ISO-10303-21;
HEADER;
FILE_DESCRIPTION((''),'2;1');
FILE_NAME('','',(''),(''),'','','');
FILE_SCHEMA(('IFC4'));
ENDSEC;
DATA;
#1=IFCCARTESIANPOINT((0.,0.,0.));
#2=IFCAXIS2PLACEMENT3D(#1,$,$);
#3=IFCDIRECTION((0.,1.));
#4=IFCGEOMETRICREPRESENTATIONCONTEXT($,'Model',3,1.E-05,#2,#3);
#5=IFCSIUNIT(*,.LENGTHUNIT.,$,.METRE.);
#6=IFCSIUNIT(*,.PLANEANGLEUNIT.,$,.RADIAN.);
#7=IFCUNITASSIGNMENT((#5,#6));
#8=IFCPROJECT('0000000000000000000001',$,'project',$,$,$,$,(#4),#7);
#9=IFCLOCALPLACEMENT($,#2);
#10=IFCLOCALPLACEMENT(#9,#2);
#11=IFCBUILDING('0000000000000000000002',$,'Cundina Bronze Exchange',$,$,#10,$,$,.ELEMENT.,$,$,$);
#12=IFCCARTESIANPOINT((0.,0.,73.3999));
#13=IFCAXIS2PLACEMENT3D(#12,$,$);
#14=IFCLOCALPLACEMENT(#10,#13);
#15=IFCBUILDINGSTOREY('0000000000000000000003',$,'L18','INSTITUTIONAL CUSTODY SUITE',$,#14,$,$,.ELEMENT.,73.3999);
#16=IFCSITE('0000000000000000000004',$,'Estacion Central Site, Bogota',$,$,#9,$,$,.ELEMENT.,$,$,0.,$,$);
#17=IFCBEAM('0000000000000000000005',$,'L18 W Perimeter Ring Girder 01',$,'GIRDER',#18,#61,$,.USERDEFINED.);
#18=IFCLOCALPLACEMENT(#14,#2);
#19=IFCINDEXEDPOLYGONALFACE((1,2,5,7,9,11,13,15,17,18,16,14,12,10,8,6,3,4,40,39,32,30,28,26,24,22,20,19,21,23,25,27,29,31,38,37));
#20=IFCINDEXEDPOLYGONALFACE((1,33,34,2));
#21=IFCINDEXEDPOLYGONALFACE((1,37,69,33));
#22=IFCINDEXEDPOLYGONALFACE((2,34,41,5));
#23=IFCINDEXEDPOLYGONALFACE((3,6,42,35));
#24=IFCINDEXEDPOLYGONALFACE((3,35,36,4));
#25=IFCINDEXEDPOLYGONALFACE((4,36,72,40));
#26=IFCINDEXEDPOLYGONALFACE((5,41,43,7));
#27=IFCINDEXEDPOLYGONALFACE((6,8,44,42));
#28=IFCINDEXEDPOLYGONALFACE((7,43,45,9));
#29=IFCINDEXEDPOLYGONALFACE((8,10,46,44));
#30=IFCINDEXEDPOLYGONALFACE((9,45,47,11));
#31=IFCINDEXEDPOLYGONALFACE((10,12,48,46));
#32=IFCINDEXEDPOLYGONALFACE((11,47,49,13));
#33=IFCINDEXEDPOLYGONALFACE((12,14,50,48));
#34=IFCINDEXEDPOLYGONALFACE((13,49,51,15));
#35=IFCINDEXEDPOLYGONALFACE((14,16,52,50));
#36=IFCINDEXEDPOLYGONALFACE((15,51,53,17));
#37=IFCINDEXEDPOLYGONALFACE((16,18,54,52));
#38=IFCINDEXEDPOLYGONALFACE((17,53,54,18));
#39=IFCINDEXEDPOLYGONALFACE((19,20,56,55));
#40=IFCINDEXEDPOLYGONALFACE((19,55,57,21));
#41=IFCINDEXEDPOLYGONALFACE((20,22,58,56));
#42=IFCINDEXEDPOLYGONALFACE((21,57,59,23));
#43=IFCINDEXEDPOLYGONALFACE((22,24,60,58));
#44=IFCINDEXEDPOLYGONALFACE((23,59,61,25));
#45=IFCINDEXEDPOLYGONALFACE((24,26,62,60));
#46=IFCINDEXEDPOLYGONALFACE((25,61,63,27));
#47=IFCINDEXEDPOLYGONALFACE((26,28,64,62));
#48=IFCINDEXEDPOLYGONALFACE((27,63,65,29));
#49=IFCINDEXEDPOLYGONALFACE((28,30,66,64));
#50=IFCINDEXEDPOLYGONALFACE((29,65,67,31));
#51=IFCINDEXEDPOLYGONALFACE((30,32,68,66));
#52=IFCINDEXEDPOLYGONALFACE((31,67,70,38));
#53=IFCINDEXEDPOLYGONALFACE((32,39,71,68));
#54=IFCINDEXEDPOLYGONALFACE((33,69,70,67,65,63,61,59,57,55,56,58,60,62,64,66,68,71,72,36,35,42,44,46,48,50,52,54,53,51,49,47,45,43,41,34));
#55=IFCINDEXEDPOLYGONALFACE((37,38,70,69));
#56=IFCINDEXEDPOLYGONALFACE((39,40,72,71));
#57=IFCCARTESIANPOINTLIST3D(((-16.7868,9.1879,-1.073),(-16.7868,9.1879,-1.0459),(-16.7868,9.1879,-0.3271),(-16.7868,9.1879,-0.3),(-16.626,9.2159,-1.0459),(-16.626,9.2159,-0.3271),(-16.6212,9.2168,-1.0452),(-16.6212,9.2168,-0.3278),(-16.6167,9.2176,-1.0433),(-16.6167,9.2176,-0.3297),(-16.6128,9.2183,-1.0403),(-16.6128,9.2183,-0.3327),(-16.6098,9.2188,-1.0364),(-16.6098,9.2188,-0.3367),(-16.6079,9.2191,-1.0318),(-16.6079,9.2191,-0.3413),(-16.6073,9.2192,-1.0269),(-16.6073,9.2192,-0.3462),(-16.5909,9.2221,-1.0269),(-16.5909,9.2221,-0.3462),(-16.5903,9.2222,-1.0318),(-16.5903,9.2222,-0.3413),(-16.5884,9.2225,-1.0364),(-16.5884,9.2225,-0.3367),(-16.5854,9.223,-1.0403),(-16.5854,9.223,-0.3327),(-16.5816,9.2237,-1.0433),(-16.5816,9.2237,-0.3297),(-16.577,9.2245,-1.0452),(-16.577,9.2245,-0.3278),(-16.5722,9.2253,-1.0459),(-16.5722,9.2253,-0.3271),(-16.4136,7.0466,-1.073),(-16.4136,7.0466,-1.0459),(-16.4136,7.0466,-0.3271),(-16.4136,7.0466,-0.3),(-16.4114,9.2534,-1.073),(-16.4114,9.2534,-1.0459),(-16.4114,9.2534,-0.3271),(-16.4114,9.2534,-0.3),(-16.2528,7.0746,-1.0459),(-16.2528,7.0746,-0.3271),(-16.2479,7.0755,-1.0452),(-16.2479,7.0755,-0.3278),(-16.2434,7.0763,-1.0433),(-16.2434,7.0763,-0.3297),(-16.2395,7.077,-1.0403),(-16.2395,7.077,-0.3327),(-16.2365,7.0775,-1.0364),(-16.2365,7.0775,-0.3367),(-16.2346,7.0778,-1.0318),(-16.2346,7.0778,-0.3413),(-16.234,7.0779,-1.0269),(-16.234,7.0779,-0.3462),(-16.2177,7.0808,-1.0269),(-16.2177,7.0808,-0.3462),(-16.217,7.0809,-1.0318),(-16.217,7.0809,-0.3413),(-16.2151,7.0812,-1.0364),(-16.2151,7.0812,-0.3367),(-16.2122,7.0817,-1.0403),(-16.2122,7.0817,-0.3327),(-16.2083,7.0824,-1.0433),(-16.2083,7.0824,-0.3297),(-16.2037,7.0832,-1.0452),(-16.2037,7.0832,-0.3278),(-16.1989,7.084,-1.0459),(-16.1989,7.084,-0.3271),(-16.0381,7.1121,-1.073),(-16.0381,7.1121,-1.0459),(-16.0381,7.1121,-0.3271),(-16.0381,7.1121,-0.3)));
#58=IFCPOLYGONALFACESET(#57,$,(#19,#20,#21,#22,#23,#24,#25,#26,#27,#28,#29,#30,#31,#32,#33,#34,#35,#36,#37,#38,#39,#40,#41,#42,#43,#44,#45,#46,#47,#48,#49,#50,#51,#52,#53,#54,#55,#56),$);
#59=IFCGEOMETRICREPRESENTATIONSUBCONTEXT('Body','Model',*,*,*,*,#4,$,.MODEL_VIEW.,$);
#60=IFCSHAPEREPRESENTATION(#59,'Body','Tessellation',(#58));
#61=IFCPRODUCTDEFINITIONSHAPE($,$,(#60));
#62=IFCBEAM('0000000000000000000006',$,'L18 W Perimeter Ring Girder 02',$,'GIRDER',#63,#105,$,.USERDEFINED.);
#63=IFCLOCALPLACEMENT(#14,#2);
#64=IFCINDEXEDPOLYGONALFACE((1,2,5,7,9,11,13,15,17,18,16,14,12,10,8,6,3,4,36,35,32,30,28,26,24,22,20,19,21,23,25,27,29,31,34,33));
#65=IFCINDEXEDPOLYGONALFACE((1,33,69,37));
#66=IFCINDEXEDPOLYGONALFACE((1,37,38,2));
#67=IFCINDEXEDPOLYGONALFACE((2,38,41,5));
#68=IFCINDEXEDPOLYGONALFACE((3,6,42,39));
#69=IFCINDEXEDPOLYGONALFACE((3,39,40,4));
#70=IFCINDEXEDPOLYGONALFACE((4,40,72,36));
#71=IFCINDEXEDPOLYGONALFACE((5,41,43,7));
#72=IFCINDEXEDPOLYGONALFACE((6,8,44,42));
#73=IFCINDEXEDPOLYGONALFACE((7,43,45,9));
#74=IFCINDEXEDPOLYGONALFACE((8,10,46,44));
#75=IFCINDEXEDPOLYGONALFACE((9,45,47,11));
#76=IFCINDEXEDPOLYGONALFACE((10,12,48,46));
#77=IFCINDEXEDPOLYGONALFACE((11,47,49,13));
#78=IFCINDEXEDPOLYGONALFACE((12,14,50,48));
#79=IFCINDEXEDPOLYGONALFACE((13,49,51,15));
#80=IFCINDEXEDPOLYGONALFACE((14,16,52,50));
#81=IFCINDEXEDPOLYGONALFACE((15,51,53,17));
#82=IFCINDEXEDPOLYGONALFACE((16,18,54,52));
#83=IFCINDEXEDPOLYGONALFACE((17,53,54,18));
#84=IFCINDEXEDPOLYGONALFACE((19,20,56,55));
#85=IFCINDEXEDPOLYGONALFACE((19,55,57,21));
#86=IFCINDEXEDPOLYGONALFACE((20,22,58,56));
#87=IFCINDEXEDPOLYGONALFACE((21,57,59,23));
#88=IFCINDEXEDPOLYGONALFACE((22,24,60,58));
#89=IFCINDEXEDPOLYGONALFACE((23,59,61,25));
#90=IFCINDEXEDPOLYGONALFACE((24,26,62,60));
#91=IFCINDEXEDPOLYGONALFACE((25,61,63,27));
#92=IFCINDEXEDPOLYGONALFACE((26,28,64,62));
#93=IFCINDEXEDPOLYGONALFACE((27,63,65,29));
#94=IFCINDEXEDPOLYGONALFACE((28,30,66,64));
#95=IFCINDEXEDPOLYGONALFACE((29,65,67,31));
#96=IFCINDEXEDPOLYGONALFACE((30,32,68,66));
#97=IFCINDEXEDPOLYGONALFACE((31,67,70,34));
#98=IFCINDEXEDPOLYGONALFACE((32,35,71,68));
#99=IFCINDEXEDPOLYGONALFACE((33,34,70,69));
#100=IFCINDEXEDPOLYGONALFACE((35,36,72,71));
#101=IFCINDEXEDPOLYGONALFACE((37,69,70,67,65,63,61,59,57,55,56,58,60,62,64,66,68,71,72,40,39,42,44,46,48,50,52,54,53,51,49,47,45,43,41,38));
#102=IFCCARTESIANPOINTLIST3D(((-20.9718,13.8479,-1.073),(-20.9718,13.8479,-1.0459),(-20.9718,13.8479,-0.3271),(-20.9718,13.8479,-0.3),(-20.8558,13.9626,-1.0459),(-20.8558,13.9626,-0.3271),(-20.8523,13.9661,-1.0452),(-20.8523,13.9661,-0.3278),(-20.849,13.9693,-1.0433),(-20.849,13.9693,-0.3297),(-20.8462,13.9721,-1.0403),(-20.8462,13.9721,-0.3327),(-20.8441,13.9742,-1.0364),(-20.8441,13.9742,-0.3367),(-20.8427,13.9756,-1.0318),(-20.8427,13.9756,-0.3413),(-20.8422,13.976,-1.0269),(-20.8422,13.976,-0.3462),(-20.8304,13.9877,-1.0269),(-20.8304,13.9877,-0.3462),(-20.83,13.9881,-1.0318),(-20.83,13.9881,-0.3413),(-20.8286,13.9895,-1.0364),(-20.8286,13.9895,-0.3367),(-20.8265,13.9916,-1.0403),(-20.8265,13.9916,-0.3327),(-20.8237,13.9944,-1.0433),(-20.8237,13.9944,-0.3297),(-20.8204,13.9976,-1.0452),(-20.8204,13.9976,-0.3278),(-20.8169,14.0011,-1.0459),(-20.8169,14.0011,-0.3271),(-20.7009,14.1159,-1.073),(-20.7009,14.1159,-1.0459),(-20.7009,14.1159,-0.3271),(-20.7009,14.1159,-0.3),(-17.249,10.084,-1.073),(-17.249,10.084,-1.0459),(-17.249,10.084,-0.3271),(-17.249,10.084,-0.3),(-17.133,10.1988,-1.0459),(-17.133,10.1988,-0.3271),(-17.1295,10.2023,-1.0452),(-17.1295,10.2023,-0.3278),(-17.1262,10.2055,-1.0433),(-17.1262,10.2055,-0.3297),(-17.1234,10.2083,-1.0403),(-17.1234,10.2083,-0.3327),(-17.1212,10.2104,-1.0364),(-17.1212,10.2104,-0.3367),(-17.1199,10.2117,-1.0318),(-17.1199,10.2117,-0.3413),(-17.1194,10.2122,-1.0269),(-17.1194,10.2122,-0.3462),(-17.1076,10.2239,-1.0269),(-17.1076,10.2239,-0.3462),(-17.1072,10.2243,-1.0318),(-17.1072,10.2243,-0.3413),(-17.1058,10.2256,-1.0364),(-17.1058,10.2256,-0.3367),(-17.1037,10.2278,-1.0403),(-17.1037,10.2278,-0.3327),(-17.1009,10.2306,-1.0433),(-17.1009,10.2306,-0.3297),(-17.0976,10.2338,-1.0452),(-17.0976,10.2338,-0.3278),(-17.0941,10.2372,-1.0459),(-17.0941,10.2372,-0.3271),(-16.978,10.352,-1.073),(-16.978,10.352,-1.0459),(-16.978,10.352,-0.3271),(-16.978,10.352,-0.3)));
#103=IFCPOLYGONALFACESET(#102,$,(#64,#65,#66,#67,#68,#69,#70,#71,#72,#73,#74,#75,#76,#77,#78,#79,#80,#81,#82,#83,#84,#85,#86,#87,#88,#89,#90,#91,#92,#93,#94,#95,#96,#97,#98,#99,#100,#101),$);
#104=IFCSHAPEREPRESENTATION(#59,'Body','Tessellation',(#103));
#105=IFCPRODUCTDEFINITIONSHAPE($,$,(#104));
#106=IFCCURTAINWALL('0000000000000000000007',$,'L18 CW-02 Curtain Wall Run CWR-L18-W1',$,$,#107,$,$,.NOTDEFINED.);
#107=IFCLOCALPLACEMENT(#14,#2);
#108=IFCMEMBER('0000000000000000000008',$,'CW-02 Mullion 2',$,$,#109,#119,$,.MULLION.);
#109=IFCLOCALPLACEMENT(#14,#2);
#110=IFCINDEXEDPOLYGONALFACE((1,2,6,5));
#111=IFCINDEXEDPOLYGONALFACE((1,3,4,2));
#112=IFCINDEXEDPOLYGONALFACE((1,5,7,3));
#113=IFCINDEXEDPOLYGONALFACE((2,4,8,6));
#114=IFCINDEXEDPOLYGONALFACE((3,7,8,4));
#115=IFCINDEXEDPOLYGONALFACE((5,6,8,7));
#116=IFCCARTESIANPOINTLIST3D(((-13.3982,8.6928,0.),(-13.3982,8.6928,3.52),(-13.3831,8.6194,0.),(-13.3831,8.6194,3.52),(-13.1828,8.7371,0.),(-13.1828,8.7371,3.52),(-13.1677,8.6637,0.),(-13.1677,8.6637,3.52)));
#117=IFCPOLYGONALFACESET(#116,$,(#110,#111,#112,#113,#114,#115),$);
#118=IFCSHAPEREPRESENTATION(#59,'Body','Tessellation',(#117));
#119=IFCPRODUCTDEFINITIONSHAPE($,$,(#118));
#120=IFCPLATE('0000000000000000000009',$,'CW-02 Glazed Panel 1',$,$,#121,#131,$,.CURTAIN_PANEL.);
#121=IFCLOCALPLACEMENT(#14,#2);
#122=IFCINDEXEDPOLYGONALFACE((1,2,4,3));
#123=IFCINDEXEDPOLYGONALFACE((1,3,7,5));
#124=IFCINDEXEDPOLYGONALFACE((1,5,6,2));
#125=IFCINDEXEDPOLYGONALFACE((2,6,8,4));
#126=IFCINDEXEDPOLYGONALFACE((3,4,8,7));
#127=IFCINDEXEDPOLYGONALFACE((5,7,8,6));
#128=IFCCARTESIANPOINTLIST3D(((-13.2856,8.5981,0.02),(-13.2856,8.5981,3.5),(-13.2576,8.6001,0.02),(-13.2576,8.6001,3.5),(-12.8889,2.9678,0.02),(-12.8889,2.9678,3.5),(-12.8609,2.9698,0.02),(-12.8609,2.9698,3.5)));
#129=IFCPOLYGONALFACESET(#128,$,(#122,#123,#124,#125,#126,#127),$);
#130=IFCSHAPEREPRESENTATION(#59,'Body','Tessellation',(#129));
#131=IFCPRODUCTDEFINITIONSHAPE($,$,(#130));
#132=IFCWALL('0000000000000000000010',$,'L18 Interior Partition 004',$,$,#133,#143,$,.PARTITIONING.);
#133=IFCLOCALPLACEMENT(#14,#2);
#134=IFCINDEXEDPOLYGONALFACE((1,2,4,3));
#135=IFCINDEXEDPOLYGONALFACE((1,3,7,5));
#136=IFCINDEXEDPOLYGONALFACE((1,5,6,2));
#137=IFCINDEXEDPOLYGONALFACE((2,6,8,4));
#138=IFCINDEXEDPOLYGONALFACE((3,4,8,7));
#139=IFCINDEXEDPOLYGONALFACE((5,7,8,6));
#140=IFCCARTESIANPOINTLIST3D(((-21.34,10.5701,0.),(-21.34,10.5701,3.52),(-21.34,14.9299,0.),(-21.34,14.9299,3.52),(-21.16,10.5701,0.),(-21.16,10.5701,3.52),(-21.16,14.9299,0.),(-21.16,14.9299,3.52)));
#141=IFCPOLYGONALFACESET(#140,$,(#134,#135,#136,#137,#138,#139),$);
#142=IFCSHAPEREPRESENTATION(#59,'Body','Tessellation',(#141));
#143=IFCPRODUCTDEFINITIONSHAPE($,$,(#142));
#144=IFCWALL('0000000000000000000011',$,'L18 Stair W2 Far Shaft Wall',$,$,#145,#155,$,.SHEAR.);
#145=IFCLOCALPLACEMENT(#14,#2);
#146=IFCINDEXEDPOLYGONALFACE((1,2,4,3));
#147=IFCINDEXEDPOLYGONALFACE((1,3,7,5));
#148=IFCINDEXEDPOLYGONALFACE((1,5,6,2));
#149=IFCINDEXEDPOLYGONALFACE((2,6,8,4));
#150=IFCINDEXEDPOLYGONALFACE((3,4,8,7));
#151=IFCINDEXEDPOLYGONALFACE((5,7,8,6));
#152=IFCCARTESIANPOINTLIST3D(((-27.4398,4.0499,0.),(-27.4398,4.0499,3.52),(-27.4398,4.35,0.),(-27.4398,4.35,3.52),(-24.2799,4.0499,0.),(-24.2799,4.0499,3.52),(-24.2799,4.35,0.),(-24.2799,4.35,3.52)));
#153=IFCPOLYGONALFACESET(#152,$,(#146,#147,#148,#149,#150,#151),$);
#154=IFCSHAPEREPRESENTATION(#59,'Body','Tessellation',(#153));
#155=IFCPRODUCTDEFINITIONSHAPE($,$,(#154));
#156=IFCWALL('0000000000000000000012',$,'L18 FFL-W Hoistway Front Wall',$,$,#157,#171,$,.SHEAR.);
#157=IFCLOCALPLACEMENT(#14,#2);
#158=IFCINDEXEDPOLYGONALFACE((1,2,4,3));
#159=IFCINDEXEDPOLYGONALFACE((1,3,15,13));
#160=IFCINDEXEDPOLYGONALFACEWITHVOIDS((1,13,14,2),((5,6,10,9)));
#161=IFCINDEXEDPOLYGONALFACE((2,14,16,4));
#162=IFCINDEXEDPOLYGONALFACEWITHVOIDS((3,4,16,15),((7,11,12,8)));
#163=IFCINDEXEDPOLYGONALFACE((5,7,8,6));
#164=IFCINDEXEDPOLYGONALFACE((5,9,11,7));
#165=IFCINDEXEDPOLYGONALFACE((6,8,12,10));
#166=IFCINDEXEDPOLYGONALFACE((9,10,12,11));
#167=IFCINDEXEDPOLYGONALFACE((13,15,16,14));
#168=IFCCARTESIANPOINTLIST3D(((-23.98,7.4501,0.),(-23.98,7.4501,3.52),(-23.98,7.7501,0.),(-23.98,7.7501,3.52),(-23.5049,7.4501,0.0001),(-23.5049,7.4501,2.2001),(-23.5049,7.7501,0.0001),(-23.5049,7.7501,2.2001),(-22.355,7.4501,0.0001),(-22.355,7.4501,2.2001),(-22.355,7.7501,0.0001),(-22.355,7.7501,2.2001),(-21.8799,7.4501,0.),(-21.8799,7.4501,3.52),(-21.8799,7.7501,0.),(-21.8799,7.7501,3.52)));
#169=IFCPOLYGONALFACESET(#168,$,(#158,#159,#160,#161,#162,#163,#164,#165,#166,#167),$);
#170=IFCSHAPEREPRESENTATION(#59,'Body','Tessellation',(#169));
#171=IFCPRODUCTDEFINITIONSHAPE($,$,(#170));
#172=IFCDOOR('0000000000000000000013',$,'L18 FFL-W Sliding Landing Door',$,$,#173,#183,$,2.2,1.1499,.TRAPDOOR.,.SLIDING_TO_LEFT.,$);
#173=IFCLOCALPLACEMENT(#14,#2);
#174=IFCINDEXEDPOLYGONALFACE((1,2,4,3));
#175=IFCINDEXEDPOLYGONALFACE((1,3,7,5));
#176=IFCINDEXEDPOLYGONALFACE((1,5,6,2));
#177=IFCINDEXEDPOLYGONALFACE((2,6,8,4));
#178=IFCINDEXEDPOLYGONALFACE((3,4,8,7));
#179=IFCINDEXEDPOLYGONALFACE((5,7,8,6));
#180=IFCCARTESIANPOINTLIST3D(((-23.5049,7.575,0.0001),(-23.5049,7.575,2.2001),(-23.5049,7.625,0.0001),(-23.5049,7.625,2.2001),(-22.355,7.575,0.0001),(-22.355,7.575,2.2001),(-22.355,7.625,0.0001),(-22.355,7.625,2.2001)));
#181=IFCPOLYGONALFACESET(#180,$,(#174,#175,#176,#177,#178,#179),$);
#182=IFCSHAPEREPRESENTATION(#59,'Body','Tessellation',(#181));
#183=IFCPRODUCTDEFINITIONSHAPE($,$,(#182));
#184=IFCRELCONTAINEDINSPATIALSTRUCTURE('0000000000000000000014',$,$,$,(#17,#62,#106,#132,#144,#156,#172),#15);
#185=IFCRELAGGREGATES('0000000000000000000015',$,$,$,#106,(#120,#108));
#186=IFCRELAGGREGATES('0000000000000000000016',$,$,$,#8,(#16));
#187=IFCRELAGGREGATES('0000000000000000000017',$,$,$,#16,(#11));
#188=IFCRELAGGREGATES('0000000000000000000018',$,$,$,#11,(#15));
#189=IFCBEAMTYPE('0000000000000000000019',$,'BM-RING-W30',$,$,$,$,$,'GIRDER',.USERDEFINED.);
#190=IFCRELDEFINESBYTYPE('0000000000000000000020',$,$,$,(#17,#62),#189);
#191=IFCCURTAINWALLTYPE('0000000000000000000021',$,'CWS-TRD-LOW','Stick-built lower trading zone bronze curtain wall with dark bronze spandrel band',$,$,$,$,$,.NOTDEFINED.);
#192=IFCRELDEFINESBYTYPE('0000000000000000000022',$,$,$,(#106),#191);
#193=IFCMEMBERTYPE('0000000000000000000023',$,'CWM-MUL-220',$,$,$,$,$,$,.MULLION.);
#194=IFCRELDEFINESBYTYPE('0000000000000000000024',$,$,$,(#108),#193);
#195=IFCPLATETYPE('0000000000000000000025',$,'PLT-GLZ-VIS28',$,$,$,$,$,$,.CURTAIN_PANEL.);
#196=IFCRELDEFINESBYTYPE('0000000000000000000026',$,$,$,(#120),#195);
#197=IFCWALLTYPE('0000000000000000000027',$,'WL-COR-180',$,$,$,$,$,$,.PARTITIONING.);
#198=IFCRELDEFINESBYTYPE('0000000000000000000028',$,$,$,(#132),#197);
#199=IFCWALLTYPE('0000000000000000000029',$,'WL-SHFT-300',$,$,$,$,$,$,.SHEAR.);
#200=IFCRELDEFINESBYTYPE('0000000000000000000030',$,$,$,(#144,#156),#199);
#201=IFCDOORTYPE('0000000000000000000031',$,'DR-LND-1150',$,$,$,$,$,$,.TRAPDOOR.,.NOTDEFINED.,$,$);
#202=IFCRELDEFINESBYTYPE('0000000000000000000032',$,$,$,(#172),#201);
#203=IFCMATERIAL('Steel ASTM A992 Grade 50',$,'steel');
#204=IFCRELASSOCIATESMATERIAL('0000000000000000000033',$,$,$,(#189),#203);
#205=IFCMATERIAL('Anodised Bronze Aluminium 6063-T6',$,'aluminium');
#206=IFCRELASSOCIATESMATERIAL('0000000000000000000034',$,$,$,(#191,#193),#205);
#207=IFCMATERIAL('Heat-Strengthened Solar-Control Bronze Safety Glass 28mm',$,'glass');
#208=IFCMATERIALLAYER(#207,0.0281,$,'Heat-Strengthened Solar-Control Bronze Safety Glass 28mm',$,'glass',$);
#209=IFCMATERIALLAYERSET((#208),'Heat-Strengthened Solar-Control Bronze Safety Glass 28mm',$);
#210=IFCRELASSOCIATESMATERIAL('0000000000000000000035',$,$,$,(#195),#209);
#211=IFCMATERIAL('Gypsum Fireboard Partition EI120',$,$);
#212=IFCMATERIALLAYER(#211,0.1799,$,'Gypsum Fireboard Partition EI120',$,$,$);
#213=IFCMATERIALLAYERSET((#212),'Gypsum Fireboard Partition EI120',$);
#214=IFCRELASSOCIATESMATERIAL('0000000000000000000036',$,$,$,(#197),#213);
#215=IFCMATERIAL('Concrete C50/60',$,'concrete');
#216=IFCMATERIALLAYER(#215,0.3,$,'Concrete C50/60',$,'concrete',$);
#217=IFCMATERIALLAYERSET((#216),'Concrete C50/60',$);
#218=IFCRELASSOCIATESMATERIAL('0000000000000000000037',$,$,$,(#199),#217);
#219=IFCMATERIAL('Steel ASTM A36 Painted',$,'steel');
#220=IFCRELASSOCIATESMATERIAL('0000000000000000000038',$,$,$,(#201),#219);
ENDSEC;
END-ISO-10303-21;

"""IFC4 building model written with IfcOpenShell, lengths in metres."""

from ifc_helpers import new_model, si_unit, direction, frame, frame_2d, origin, origin_2d, place, context, subcontext, project, spatial, rectangle, i_section, extrude, material, layer, layer_set, material_profile, profile_set, type_object, element, fill, aggregate, save


model = new_model("IFC4")

# Units and contexts
model_context = context("Model", 3, precision=1e-05, world=origin(), true_north=direction((0.0, 1.0)))
body_context = subcontext(model_context, "Body", "Model", "MODEL_VIEW")
ifc_project = project(units=[si_unit("LENGTHUNIT", "METRE"), si_unit("PLANEANGLEUNIT", "RADIAN")], contexts=[model_context])

# Site, building, storey
site_placement = place(None, origin())
site = spatial("IfcSite", under=ifc_project, at=site_placement, Name="Estacion Central Site, Bogota", CompositionType="ELEMENT", RefElevation=0.0)
building_placement = place(site_placement, origin())
building = spatial("IfcBuilding", under=site, at=building_placement, Name="Cundina Bronze Exchange", CompositionType="ELEMENT")
storey_placement = place(building_placement, frame((0.0, 0.0, 73.3999)))
storey = spatial("IfcBuildingStorey", under=building, at=storey_placement, Name="L18", Description="INSTITUTIONAL CUSTODY SUITE", CompositionType="ELEMENT", Elevation=73.3999)

# Beams
ifc_material_1 = material(Name="Steel ASTM A992 Grade 50", Category="steel")
ifc_material_profile_1 = material_profile(ifc_material_1, i_section(OverallWidth=0.3811, OverallDepth=0.7729, WebThickness=0.0166, FlangeThickness=0.0271, FilletRadius=0.019, at=origin_2d()), Name="W30X173", Category="steel")
ifc_profile_set_1 = profile_set([ifc_material_profile_1], Name="Steel ASTM A992 Grade 50")
beam_type_1 = type_object("IfcBeamType", Name="BM-RING-W30", ElementType="GIRDER", PredefinedType="USERDEFINED", material=ifc_profile_set_1)
beam_1_placement = place(storey_placement, frame((-16.2258, 7.0793, -0.6865), z_axis=(-0.171735, 0.985143, 0.0), x_axis=(-0.985143, -0.171735, 0.0)))
element("IfcBeam", 1, at=beam_1_placement, inside=storey, type_object=beam_type_1, Name="L18 W Perimeter Ring Girder 01", ObjectType="GIRDER", PredefinedType="USERDEFINED", context=body_context, shape_type="SweptSolid", body=[
    extrude(i_section(OverallWidth=0.3811, OverallDepth=0.7729, WebThickness=0.0166, FlangeThickness=0.0271, FilletRadius=0.019, at=origin_2d()), origin(), (0.0, 0.0, 1.0), 2.1736),
])
beam_2_placement = place(storey_placement, frame((-17.1135, 10.218, -0.6865), z_axis=(-0.703222, 0.71097, 0.0), x_axis=(-0.71097, -0.703222, 0.0)))
element("IfcBeam", 2, at=beam_2_placement, inside=storey, type_object=beam_type_1, Name="L18 W Perimeter Ring Girder 02", ObjectType="GIRDER", PredefinedType="USERDEFINED", context=body_context, shape_type="SweptSolid", body=[
    extrude(i_section(OverallWidth=0.3811, OverallDepth=0.7729, WebThickness=0.0166, FlangeThickness=0.0271, FilletRadius=0.019, at=origin_2d()), origin(), (0.0, 0.0, 1.0), 5.2939),
])

# Curtain wall, member, plate
ifc_material_2 = material(Name="Anodised Bronze Aluminium 6063-T6", Category="aluminium")
curtain_wall_type = type_object("IfcCurtainWallType", Name="CWS-TRD-LOW", Description="Stick-built lower trading zone bronze curtain wall with dark bronze spandrel band", PredefinedType="NOTDEFINED", material=ifc_material_2)
curtain_wall_placement = place(storey_placement, origin())
curtain_wall = element("IfcCurtainWall", 3, at=curtain_wall_placement, inside=storey, type_object=curtain_wall_type, Name="L18 CW-02 Curtain Wall Run CWR-L18-W1", PredefinedType="NOTDEFINED")
ifc_material_profile_2 = material_profile(ifc_material_2, rectangle(XDim=0.075, YDim=0.22, at=origin_2d()), Name="AL75X220", Category="aluminium")
ifc_profile_set_2 = profile_set([ifc_material_profile_2], Name="Anodised Bronze Aluminium 6063-T6")
member_type = type_object("IfcMemberType", Name="CWM-MUL-220", PredefinedType="MULLION", material=ifc_profile_set_2)
member_placement = place(storey_placement, frame((-13.283, 8.6782, 0.0), z_axis=(0.0, 0.0, 1.0), x_axis=(-0.20142, 0.979505, 0.0)))
member = element("IfcMember", 4, at=member_placement, type_object=member_type, Name="CW-02 Mullion 2", PredefinedType="MULLION", context=body_context, shape_type="SweptSolid", body=[
    extrude(rectangle(XDim=0.075, YDim=0.22, at=origin_2d()), origin(), (0.0, 0.0, 1.0), 3.52),
])
ifc_material_3 = material(Name="Heat-Strengthened Solar-Control Bronze Safety Glass 28mm", Category="glass")
ifc_layer_1 = layer(ifc_material_3, 0.0281, Name="Heat-Strengthened Solar-Control Bronze Safety Glass 28mm", Category="glass")
ifc_layer_set_1 = layer_set([ifc_layer_1], Name="Heat-Strengthened Solar-Control Bronze Safety Glass 28mm")
plate_type = type_object("IfcPlateType", Name="PLT-GLZ-VIS28", PredefinedType="CURTAIN_PANEL", material=ifc_layer_set_1)
plate_placement = place(storey_placement, frame((-13.0732, 5.7839, 0.02), z_axis=(0.0, 0.0, 1.0), x_axis=(-0.070279, 0.997527, 0.0)))
plate = element("IfcPlate", 5, at=plate_placement, type_object=plate_type, Name="CW-02 Glazed Panel 1", PredefinedType="CURTAIN_PANEL", context=body_context, shape_type="SweptSolid", body=[
    extrude(rectangle(XDim=5.6443, YDim=0.0281, at=origin_2d()), origin(), (0.0, 0.0, 1.0), 3.48),
])
aggregate(curtain_wall, [plate, member])

# Walls
ifc_material_4 = material(Name="Gypsum Fireboard Partition EI120")
ifc_layer_2 = layer(ifc_material_4, 0.1799, Name="Gypsum Fireboard Partition EI120")
ifc_layer_set_2 = layer_set([ifc_layer_2], Name="Gypsum Fireboard Partition EI120")
wall_type_1 = type_object("IfcWallType", Name="WL-COR-180", PredefinedType="PARTITIONING", material=ifc_layer_set_2)
wall_1_placement = place(storey_placement, frame((-21.25, 10.5701, 0.0), z_axis=(0.0, 0.0, 1.0), x_axis=(0.0, 1.0, 0.0)))
element("IfcWall", 6, at=wall_1_placement, inside=storey, type_object=wall_type_1, Name="L18 Interior Partition 004", PredefinedType="PARTITIONING", context=body_context, shape_type="SweptSolid", body=[
    extrude(rectangle(XDim=4.3599, YDim=0.1799, at=frame_2d((2.1799, 0.0))), origin(), (0.0, 0.0, 1.0), 3.52),
])
ifc_material_5 = material(Name="Concrete C50/60", Category="concrete")
ifc_layer_3 = layer(ifc_material_5, 0.3, Name="Concrete C50/60", Category="concrete")
ifc_layer_set_3 = layer_set([ifc_layer_3], Name="Concrete C50/60")
wall_type_2 = type_object("IfcWallType", Name="WL-SHFT-300", PredefinedType="SHEAR", material=ifc_layer_set_3)
wall_2_placement = place(storey_placement, frame((-27.4399, 4.2, 0.0), z_axis=(0.0, 0.0, 1.0), x_axis=(1.0, 0.0, 0.0)))
element("IfcWall", 7, at=wall_2_placement, inside=storey, type_object=wall_type_2, Name="L18 Stair W2 Far Shaft Wall", PredefinedType="SHEAR", context=body_context, shape_type="SweptSolid", body=[
    extrude(rectangle(XDim=3.1599, YDim=0.3, at=frame_2d((1.5801, 0.0))), origin(), (0.0, 0.0, 1.0), 3.52),
])

# Wall, opening, door
wall_3_placement = place(storey_placement, frame((-23.98, 7.6001, 0.0), z_axis=(0.0, 0.0, 1.0), x_axis=(1.0, 0.0, 0.0)))
wall_3 = element("IfcWall", 8, at=wall_3_placement, inside=storey, type_object=wall_type_2, Name="L18 FFL-W Hoistway Front Wall", PredefinedType="SHEAR", context=body_context, shape_type="SweptSolid", body=[
    extrude(rectangle(XDim=2.1001, YDim=0.3, at=frame_2d((1.05, 0.0))), origin(), (0.0, 0.0, 1.0), 3.52),
])
opening_1_placement = place(wall_3_placement, frame((0.4751, 0.0, 0.0)))
opening_1 = element("IfcOpeningElement", 9, at=opening_1_placement, cuts=wall_3, PredefinedType="OPENING", context=body_context, shape_type="SweptSolid", body=[
    extrude(rectangle(XDim=1.1499, YDim=2.2, at=frame_2d((0.575, 1.1001))), frame((0.0, 0.1599, 0.0), z_axis=(0.0, -1.0, 0.0), x_axis=(1.0, 0.0, 0.0)), (0.0, 0.0, 1.0), 0.3201),
])
ifc_material_6 = material(Name="Steel ASTM A36 Painted", Category="steel")
door_type = type_object("IfcDoorType", Name="DR-LND-1150", OperationType="NOTDEFINED", PredefinedType="TRAPDOOR", material=ifc_material_6)
door_1_placement = place(opening_1_placement, origin())
door_1 = element("IfcDoor", 10, at=door_1_placement, inside=storey, type_object=door_type, Name="L18 FFL-W Sliding Landing Door", OperationType="SLIDING_TO_LEFT", OverallHeight=2.2, OverallWidth=1.1499, PredefinedType="TRAPDOOR", context=body_context, shape_type="SweptSolid", body=[
    extrude(rectangle(XDim=1.1499, YDim=2.2, at=frame_2d((0.575, 1.1001))), frame((0.0, 0.0249, 0.0), z_axis=(0.0, -1.0, 0.0), x_axis=(1.0, 0.0, 0.0)), (0.0, 0.0, 1.0), 0.05),
])
fill(opening_1, door_1)

save(model, "model.ifc")
